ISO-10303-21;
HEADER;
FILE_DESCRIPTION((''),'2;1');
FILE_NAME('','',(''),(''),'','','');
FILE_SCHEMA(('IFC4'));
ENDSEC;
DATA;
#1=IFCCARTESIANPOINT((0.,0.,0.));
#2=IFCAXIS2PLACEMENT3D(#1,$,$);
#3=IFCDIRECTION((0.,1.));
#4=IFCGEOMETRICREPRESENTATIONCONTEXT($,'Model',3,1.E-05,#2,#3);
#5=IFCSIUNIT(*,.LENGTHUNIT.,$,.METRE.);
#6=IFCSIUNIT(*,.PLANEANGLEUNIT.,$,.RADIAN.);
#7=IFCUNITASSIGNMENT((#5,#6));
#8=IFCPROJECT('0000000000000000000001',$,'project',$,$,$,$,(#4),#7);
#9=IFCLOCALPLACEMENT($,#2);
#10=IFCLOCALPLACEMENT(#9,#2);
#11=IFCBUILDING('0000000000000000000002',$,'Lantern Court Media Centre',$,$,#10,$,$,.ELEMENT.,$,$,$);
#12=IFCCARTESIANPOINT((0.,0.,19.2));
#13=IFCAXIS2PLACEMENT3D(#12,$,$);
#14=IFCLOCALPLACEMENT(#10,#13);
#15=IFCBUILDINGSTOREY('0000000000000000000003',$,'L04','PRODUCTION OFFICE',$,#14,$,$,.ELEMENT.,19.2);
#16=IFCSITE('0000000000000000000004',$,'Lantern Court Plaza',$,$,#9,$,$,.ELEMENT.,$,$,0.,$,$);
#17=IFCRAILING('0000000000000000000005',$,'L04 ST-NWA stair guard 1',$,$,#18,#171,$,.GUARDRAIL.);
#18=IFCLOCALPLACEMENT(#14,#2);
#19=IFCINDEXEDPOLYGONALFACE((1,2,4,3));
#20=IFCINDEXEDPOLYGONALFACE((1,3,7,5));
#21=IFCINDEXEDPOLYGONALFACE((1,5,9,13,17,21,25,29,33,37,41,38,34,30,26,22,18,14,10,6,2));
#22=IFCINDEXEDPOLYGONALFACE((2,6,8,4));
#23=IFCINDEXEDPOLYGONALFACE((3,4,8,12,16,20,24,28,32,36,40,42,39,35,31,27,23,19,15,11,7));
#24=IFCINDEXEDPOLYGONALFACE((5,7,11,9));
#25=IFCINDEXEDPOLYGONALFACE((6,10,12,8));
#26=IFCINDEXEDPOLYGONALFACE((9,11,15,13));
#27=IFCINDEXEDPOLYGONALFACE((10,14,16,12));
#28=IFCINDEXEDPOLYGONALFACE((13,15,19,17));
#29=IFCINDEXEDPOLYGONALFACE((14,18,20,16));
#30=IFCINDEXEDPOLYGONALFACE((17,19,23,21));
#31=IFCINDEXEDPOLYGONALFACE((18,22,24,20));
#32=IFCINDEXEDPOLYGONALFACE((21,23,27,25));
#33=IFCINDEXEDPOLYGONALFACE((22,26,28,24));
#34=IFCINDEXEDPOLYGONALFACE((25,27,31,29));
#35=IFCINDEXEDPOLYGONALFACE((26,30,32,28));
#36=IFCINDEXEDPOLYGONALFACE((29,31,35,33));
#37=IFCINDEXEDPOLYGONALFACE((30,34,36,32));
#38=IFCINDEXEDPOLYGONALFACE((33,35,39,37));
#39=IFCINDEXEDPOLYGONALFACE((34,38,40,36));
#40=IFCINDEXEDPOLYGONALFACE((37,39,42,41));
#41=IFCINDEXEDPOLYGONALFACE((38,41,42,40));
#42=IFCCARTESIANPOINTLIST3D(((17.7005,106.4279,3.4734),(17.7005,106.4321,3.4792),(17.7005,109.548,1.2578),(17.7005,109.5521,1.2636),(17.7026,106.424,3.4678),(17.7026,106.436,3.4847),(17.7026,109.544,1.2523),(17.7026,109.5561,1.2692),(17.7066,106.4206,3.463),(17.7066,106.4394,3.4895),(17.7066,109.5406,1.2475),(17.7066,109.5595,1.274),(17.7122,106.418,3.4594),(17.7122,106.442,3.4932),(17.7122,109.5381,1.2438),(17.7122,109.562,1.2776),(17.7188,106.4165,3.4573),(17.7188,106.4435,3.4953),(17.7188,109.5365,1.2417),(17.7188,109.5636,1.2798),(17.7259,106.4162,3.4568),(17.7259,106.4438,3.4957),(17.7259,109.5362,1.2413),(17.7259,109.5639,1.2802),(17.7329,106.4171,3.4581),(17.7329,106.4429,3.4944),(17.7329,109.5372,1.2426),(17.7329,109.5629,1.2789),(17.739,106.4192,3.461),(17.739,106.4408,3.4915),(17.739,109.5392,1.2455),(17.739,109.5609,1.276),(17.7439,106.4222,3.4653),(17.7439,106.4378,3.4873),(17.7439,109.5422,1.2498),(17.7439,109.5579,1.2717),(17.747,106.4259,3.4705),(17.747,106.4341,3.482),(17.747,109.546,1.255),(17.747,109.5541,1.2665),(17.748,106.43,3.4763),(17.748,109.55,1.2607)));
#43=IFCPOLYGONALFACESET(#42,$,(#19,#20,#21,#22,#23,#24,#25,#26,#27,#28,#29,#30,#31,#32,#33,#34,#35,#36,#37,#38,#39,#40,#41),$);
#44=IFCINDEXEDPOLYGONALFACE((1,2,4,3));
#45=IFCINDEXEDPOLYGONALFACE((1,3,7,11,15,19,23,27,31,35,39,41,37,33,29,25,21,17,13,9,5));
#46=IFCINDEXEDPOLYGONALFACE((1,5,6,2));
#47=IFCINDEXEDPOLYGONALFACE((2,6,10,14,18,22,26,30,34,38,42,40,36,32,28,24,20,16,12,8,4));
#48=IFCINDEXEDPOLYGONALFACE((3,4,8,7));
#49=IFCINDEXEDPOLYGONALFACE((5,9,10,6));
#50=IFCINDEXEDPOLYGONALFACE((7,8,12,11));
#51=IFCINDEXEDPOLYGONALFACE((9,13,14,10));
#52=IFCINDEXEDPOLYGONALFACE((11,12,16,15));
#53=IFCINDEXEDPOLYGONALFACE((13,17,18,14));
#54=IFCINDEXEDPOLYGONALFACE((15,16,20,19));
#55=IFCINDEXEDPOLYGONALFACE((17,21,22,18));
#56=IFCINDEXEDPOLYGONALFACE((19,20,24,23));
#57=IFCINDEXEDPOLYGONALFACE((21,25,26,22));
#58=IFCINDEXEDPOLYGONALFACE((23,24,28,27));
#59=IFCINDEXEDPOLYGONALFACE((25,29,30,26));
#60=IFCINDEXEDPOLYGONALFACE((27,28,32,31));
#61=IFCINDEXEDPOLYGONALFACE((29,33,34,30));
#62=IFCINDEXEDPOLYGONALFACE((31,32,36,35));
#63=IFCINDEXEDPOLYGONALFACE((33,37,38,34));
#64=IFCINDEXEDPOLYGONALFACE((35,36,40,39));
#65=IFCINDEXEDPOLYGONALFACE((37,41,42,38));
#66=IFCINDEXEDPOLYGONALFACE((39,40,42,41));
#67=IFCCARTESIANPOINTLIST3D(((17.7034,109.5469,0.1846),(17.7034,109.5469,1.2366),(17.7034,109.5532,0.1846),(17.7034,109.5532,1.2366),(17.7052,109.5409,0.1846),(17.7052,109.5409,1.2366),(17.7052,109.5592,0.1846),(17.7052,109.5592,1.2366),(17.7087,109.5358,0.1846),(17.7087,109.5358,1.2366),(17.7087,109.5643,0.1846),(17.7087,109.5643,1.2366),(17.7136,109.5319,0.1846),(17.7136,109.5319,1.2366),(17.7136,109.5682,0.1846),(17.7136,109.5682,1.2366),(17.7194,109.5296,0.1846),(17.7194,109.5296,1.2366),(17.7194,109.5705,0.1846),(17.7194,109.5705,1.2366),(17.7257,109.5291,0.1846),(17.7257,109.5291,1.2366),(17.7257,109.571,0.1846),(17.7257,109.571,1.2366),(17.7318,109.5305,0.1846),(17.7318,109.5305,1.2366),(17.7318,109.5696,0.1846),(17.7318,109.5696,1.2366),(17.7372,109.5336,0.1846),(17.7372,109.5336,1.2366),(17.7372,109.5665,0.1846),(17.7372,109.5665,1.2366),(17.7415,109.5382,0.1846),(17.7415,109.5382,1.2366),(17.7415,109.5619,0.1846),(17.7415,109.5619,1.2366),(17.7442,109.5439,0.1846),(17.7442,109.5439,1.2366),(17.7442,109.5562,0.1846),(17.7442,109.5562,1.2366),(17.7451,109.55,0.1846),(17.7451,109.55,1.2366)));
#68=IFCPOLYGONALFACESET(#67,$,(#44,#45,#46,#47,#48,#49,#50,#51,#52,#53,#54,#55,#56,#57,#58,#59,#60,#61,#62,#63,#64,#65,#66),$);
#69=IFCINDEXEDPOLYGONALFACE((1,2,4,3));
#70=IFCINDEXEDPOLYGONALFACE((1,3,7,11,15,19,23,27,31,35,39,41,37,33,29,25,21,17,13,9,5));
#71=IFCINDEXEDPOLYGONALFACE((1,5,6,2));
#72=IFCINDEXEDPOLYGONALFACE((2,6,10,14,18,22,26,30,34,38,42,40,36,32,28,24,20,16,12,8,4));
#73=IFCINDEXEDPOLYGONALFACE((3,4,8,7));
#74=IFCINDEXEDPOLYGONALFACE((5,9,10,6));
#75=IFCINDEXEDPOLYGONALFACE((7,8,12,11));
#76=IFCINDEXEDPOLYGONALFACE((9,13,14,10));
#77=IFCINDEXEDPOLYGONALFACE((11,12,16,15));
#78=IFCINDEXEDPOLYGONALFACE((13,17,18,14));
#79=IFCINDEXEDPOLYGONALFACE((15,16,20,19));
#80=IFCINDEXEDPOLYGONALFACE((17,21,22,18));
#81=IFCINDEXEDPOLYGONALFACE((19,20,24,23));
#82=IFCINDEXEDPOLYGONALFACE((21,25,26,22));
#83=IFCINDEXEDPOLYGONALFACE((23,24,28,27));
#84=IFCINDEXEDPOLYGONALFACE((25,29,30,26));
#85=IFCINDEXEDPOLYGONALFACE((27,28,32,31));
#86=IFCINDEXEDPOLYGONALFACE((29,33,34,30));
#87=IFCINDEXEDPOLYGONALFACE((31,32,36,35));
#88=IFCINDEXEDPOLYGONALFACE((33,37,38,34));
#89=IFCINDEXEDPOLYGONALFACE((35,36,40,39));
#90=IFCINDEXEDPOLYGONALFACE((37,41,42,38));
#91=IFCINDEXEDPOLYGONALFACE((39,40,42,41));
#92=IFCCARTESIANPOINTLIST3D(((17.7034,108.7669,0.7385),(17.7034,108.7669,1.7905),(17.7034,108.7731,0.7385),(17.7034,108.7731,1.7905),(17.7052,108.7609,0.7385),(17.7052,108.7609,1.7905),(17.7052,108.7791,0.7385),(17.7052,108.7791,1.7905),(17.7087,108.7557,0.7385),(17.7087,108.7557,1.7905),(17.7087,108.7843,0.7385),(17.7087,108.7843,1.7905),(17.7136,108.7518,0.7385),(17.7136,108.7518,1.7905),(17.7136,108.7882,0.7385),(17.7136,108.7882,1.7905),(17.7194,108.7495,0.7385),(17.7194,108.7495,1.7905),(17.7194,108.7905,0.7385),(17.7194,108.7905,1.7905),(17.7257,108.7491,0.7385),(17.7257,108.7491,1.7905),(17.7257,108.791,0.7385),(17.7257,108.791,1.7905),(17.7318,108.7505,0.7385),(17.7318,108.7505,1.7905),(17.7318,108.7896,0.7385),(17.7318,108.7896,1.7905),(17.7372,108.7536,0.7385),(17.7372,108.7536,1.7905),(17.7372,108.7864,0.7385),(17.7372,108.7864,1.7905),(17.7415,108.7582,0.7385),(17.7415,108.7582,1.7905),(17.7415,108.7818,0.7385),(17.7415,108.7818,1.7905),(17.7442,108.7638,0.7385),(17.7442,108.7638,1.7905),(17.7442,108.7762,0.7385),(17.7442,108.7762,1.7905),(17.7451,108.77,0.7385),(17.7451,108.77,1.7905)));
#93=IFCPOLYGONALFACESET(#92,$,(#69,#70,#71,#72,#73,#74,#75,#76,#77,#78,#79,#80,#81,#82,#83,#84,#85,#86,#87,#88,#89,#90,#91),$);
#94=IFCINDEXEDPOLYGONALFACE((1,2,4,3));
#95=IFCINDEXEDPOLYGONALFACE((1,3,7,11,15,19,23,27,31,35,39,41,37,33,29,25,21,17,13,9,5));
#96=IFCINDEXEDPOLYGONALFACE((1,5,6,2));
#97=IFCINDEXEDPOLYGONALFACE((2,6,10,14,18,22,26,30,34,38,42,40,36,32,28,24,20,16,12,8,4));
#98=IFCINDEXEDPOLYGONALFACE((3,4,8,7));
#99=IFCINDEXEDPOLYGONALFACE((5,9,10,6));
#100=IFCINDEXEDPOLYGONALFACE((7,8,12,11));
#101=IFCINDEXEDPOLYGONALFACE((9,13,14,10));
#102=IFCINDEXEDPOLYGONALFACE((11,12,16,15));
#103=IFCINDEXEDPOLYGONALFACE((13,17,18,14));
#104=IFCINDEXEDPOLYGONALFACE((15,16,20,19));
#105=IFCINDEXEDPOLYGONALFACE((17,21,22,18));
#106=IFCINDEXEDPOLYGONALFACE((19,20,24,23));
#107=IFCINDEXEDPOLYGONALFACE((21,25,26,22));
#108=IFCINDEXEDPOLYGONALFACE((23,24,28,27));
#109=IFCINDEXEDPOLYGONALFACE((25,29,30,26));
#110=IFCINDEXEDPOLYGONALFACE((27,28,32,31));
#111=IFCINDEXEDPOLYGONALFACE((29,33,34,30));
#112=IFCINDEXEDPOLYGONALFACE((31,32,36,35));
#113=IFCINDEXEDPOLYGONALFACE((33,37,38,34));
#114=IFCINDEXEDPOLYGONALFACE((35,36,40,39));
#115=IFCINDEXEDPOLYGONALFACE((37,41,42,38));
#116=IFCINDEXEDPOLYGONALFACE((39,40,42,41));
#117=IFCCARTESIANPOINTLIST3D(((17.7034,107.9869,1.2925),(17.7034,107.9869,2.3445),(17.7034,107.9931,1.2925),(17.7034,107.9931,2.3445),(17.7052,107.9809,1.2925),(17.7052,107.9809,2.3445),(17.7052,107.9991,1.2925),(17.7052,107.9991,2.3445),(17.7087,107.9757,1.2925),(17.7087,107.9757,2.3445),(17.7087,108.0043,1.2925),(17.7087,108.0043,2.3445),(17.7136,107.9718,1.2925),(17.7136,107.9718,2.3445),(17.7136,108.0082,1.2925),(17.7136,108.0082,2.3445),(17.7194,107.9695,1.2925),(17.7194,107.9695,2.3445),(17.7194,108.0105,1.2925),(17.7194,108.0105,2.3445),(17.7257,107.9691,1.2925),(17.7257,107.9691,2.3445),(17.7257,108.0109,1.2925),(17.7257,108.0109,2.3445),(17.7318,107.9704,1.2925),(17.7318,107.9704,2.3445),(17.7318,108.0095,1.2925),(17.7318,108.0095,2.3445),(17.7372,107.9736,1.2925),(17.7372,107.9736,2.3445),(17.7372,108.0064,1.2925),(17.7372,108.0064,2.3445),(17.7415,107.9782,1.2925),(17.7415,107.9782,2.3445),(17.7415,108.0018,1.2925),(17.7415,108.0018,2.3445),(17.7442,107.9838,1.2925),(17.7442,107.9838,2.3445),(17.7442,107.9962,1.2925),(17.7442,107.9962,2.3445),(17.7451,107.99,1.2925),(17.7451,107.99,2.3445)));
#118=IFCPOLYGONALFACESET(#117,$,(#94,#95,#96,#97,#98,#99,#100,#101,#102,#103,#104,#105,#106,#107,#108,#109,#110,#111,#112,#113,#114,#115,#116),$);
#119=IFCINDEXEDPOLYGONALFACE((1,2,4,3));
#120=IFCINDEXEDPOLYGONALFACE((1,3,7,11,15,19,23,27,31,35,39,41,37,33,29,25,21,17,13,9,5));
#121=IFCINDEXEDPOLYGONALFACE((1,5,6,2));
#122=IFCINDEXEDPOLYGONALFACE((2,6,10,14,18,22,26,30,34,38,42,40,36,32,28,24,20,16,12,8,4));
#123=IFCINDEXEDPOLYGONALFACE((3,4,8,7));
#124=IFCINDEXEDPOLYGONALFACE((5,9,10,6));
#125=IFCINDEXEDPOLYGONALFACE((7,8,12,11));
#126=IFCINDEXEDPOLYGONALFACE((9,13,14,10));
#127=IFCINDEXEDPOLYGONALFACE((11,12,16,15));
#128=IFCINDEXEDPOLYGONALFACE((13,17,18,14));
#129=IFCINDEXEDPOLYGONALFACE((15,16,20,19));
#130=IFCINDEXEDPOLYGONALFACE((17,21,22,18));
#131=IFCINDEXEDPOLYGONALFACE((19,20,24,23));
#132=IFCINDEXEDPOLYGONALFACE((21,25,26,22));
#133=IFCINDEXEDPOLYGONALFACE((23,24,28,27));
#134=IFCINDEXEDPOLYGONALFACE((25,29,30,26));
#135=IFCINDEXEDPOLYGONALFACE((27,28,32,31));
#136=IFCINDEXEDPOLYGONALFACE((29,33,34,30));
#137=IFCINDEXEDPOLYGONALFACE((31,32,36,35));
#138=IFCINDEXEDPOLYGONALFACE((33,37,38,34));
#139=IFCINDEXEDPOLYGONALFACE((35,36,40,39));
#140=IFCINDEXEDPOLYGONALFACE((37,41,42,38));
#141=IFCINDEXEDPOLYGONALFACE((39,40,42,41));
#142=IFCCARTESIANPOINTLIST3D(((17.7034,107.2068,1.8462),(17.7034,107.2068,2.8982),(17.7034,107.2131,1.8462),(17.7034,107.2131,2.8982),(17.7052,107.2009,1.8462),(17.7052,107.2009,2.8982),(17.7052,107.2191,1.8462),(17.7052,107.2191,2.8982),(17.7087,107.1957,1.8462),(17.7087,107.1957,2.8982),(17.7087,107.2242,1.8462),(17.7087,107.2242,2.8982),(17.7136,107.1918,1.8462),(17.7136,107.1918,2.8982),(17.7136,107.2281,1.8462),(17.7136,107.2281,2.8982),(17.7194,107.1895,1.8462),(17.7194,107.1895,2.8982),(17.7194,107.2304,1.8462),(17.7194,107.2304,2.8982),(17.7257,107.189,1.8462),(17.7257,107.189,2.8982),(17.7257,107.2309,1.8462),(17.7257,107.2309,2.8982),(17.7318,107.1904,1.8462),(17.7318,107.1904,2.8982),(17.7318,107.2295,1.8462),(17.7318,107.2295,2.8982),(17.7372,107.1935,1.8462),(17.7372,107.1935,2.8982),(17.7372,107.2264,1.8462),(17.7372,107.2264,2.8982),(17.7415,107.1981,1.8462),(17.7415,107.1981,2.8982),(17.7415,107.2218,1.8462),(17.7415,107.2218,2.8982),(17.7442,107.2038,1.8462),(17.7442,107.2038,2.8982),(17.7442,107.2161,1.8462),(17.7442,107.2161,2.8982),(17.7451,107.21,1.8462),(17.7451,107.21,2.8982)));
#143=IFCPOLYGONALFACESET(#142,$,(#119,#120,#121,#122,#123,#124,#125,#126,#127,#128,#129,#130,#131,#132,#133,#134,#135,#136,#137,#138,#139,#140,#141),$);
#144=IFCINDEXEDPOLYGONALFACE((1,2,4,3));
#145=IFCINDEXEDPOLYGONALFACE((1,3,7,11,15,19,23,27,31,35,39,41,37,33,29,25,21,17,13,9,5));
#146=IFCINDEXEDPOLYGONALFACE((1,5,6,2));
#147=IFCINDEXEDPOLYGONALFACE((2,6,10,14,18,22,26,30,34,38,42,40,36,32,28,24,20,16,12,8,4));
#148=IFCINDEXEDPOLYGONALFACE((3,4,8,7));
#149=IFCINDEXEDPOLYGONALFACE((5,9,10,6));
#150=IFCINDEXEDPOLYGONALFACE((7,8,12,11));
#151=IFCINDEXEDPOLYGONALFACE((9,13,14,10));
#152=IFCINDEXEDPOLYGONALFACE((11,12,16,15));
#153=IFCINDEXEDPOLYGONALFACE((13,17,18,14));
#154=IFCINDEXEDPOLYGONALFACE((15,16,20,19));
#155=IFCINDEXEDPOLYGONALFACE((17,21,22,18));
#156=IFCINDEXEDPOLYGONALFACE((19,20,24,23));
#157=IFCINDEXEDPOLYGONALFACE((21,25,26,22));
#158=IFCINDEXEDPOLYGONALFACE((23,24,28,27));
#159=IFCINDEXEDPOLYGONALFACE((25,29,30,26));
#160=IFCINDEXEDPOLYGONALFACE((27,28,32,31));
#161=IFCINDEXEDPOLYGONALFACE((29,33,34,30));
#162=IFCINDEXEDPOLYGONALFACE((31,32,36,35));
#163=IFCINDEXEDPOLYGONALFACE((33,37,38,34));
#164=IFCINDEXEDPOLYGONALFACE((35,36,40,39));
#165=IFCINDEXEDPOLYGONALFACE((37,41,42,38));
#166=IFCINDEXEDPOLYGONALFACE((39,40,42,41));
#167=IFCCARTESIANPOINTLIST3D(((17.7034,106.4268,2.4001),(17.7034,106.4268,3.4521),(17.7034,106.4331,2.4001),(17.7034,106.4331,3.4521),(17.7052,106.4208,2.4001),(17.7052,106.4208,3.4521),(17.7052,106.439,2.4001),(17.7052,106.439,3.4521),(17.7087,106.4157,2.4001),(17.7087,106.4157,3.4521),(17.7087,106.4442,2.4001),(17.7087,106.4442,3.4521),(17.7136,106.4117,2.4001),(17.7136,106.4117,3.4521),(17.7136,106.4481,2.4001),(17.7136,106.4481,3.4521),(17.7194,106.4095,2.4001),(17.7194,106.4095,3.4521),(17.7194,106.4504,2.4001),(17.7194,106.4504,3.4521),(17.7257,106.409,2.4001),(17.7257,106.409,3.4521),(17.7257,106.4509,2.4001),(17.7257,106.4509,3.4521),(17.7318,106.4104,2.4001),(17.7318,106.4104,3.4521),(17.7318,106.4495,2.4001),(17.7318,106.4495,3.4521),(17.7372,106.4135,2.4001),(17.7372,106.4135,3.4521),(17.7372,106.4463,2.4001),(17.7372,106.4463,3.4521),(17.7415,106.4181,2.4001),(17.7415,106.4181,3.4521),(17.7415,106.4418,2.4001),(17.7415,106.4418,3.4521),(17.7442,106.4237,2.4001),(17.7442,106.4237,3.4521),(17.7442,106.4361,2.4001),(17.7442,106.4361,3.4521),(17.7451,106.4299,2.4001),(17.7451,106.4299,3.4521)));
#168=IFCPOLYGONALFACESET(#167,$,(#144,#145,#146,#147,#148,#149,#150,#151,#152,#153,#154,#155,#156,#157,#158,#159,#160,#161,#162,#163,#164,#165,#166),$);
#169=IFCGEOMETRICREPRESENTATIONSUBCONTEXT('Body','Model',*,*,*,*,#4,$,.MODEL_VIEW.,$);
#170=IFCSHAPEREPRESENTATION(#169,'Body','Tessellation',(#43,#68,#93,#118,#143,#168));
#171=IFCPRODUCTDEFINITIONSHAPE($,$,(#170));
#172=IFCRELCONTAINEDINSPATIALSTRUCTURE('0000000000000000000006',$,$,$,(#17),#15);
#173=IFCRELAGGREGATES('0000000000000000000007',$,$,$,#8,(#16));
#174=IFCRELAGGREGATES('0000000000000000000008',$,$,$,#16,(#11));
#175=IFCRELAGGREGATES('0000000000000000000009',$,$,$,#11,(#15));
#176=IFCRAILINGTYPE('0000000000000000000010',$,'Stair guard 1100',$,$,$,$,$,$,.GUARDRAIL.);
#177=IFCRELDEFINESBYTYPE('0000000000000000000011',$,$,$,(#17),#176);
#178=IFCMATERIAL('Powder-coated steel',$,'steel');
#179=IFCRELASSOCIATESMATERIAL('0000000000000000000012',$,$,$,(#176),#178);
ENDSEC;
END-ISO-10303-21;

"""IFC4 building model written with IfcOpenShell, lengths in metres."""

from ifc_helpers import new_model, si_unit, direction, frame, origin, origin_2d, place, context, subcontext, project, spatial, circle, extrude, material, type_object, element, save


model = new_model("IFC4")

# Units and contexts
model_context = context("Model", 3, precision=1e-05, world=origin(), true_north=direction((0.0, 1.0)))
body_context = subcontext(model_context, "Body", "Model", "MODEL_VIEW")
ifc_project = project(units=[si_unit("LENGTHUNIT", "METRE"), si_unit("PLANEANGLEUNIT", "RADIAN")], contexts=[model_context])

# Site, building, storey
site_placement = place(None, origin())
site = spatial("IfcSite", under=ifc_project, at=site_placement, Name="Lantern Court Plaza", CompositionType="ELEMENT", RefElevation=0.0)
building_placement = place(site_placement, origin())
building = spatial("IfcBuilding", under=site, at=building_placement, Name="Lantern Court Media Centre", CompositionType="ELEMENT")
storey_placement = place(building_placement, frame((0.0, 0.0, 19.2)))
storey = spatial("IfcBuildingStorey", under=building, at=storey_placement, Name="L04", Description="PRODUCTION OFFICE", CompositionType="ELEMENT", Elevation=19.2)

# Shared definitions
ifc_material_1 = material(Name="Powder-coated steel", Category="steel")

# Railing
railing_type_1 = type_object("IfcRailingType", Name="Stair guard 1100", PredefinedType="GUARDRAIL", material=ifc_material_1)
railing_1_placement = place(storey_placement, frame((17.7241, 109.55, 0.1846)))
element("IfcRailing", 1, at=railing_1_placement, inside=storey, type_object=railing_type_1, Name="L04 ST-NWA stair guard 1", PredefinedType="GUARDRAIL", context=body_context, shape_type="SweptSolid", body=[
    extrude(circle(Radius=0.0239, at=origin_2d()), frame((0.0, 0.0, 1.0762), z_axis=(0.0, -0.815347, 0.578973), x_axis=(1.0, 0.0, 0.0)), (0.0, 0.0, 1.0), 3.8267),
    extrude(circle(Radius=0.021, at=origin_2d()), origin(), (0.0, 0.0, 1.0), 1.052),
    extrude(circle(Radius=0.021, at=origin_2d()), frame((0.0, -0.78, 0.554)), (0.0, 0.0, 1.0), 1.052),
    extrude(circle(Radius=0.021, at=origin_2d()), frame((0.0, -1.5601, 1.1079)), (0.0, 0.0, 1.0), 1.052),
    extrude(circle(Radius=0.021, at=origin_2d()), frame((0.0, -2.3401, 1.6616)), (0.0, 0.0, 1.0), 1.052),
    extrude(circle(Radius=0.021, at=origin_2d()), frame((0.0, -3.1201, 2.2156)), (0.0, 0.0, 1.0), 1.052),
])

save(model, "model.ifc")
